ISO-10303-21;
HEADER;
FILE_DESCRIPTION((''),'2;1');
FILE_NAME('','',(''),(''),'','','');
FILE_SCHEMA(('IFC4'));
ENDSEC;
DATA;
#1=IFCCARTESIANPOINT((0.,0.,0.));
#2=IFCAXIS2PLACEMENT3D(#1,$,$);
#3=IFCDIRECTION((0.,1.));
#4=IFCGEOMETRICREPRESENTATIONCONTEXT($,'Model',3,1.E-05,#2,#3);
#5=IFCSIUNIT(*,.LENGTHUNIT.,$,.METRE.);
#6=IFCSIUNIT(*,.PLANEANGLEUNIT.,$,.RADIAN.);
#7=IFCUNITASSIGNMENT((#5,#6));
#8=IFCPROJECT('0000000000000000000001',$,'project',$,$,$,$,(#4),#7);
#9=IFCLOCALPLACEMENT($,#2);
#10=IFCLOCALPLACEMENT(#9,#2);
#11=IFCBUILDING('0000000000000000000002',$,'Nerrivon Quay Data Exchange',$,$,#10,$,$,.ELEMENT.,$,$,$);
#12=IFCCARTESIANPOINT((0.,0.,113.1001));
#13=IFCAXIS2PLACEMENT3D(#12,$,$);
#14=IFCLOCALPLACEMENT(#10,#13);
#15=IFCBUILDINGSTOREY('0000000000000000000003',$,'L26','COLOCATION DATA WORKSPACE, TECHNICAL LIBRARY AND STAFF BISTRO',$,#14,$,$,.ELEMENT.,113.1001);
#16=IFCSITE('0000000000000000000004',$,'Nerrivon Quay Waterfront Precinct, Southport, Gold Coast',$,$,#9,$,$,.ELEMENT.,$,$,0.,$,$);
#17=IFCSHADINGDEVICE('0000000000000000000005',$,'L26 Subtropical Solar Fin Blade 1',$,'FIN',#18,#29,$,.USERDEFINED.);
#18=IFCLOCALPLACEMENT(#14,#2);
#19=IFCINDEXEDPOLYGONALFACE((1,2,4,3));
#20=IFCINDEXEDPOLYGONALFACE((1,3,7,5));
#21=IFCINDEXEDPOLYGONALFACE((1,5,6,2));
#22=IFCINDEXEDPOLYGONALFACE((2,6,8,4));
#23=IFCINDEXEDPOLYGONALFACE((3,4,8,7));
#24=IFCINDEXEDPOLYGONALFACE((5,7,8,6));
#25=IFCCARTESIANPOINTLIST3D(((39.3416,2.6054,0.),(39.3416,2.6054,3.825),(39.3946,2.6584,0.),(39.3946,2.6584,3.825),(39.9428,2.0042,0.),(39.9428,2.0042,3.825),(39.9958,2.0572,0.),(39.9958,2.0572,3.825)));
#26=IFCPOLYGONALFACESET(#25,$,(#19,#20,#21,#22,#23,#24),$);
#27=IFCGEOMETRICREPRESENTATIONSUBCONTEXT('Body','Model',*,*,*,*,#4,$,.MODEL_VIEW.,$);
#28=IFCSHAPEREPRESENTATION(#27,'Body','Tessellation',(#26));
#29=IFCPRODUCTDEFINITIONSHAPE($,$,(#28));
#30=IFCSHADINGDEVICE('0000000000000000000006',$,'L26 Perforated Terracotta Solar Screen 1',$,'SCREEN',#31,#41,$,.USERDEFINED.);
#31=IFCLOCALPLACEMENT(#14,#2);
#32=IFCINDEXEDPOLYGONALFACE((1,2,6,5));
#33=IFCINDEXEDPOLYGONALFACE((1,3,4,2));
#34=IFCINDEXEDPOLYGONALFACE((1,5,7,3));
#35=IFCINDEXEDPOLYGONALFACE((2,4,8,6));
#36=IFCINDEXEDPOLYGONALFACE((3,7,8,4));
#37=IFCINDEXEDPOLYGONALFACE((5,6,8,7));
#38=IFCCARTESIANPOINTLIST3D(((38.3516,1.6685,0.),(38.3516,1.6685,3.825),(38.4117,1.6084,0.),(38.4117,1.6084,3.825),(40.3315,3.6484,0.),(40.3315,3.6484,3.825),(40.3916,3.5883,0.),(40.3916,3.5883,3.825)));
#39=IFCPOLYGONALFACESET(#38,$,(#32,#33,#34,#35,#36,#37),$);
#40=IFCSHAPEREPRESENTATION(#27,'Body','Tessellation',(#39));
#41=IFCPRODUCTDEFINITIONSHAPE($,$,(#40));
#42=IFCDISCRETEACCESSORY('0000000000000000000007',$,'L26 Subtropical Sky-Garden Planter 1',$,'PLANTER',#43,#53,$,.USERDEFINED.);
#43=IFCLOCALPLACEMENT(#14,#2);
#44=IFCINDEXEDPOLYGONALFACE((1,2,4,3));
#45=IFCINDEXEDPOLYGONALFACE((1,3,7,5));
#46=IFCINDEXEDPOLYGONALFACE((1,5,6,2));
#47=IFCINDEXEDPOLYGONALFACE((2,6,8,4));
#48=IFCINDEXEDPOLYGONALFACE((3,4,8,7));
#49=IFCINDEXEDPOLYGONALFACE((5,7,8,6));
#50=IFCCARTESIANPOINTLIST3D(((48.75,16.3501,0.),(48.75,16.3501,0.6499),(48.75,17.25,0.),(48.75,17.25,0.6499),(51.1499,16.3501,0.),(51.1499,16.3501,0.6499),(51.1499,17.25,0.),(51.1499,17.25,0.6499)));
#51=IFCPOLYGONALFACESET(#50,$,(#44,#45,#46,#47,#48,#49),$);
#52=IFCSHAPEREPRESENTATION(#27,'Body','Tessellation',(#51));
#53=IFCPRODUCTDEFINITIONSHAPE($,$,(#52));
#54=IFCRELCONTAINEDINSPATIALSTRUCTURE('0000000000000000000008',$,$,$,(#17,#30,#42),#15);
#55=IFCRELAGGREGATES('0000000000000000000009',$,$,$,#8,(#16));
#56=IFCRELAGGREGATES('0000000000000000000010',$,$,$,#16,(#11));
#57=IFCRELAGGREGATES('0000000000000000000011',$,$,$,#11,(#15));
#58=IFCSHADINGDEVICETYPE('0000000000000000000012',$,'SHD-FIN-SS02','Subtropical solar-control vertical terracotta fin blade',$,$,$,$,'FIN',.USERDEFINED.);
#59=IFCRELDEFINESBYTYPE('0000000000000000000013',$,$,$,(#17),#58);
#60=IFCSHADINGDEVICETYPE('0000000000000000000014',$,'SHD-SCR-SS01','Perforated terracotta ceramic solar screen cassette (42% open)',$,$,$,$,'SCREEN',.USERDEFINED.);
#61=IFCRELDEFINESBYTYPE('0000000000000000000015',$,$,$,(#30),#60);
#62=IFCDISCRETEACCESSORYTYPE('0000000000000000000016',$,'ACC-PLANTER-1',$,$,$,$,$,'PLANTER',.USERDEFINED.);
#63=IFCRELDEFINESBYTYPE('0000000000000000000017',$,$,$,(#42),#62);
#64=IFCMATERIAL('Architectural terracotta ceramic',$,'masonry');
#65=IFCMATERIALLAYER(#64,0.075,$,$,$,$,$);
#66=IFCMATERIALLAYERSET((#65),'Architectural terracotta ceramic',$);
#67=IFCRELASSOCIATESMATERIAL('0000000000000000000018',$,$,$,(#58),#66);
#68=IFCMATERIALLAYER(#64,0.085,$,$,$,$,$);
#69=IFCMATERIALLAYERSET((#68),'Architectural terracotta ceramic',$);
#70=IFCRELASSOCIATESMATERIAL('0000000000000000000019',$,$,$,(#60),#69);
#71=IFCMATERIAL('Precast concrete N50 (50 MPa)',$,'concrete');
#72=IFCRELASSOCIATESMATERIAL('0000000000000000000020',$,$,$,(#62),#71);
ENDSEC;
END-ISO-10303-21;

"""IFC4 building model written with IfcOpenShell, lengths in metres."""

from ifc_helpers import new_model, si_unit, direction, frame, origin, origin_2d, place, context, subcontext, project, spatial, rectangle, extrude, material, layer, layer_set, type_object, element, save


model = new_model("IFC4")

# Units and contexts
model_context = context("Model", 3, precision=1e-05, world=origin(), true_north=direction((0.0, 1.0)))
body_context = subcontext(model_context, "Body", "Model", "MODEL_VIEW")
ifc_project = project(units=[si_unit("LENGTHUNIT", "METRE"), si_unit("PLANEANGLEUNIT", "RADIAN")], contexts=[model_context])

# Site, building, storey
site_placement = place(None, origin())
site = spatial("IfcSite", under=ifc_project, at=site_placement, Name="Nerrivon Quay Waterfront Precinct, Southport, Gold Coast", CompositionType="ELEMENT", RefElevation=0.0)
building_placement = place(site_placement, origin())
building = spatial("IfcBuilding", under=site, at=building_placement, Name="Nerrivon Quay Data Exchange", CompositionType="ELEMENT")
storey_placement = place(building_placement, frame((0.0, 0.0, 113.1001)))
storey = spatial("IfcBuildingStorey", under=building, at=storey_placement, Name="L26", Description="COLOCATION DATA WORKSPACE, TECHNICAL LIBRARY AND STAFF BISTRO", CompositionType="ELEMENT", Elevation=113.1001)

# Shared definitions
ifc_material_1 = material(Name="Architectural terracotta ceramic", Category="masonry")

# Shading devices
ifc_layer_1 = layer(ifc_material_1, 0.075)
ifc_layer_set_1 = layer_set([ifc_layer_1], Name="Architectural terracotta ceramic")
shading_device_type_1 = type_object("IfcShadingDeviceType", Name="SHD-FIN-SS02", Description="Subtropical solar-control vertical terracotta fin blade", ElementType="FIN", PredefinedType="USERDEFINED", material=ifc_layer_set_1)
shading_device_1_placement = place(storey_placement, frame((39.6687, 2.3313, 0.0), z_axis=(0.0, 0.0, 1.0), x_axis=(-0.707107, -0.707107, 0.0)))
element("IfcShadingDevice", 1, at=shading_device_1_placement, inside=storey, type_object=shading_device_type_1, Name="L26 Subtropical Solar Fin Blade 1", ObjectType="FIN", PredefinedType="USERDEFINED", context=body_context, shape_type="SweptSolid", body=[
    extrude(rectangle(XDim=0.075, YDim=0.8501, at=origin_2d()), origin(), (0.0, 0.0, 1.0), 3.825),
])
ifc_layer_2 = layer(ifc_material_1, 0.085)
ifc_layer_set_2 = layer_set([ifc_layer_2], Name="Architectural terracotta ceramic")
shading_device_type_2 = type_object("IfcShadingDeviceType", Name="SHD-SCR-SS01", Description="Perforated terracotta ceramic solar screen cassette (42% open)", ElementType="SCREEN", PredefinedType="USERDEFINED", material=ifc_layer_set_2)
shading_device_2_placement = place(storey_placement, frame((39.3716, 2.6284, 0.0), z_axis=(0.0, 0.0, 1.0), x_axis=(-0.707107, -0.707107, 0.0)))
element("IfcShadingDevice", 2, at=shading_device_2_placement, inside=storey, type_object=shading_device_type_2, Name="L26 Perforated Terracotta Solar Screen 1", ObjectType="SCREEN", PredefinedType="USERDEFINED", context=body_context, shape_type="SweptSolid", body=[
    extrude(rectangle(XDim=2.8, YDim=0.085, at=origin_2d()), origin(), (0.0, 0.0, 1.0), 3.825),
])

# Discrete accessory
ifc_material_2 = material(Name="Precast concrete N50 (50 MPa)", Category="concrete")
discrete_accessory_type = type_object("IfcDiscreteAccessoryType", Name="ACC-PLANTER-1", ElementType="PLANTER", PredefinedType="USERDEFINED", material=ifc_material_2)
discrete_accessory_placement = place(storey_placement, frame((49.95, 16.8, 0.0), z_axis=(0.0, 0.0, 1.0), x_axis=(1.0, 0.0, 0.0)))
element("IfcDiscreteAccessory", 3, at=discrete_accessory_placement, inside=storey, type_object=discrete_accessory_type, Name="L26 Subtropical Sky-Garden Planter 1", ObjectType="PLANTER", PredefinedType="USERDEFINED", context=body_context, shape_type="SweptSolid", body=[
    extrude(rectangle(XDim=2.3999, YDim=0.8999, at=origin_2d()), origin(), (0.0, 0.0, 1.0), 0.6499),
])

save(model, "model.ifc")
